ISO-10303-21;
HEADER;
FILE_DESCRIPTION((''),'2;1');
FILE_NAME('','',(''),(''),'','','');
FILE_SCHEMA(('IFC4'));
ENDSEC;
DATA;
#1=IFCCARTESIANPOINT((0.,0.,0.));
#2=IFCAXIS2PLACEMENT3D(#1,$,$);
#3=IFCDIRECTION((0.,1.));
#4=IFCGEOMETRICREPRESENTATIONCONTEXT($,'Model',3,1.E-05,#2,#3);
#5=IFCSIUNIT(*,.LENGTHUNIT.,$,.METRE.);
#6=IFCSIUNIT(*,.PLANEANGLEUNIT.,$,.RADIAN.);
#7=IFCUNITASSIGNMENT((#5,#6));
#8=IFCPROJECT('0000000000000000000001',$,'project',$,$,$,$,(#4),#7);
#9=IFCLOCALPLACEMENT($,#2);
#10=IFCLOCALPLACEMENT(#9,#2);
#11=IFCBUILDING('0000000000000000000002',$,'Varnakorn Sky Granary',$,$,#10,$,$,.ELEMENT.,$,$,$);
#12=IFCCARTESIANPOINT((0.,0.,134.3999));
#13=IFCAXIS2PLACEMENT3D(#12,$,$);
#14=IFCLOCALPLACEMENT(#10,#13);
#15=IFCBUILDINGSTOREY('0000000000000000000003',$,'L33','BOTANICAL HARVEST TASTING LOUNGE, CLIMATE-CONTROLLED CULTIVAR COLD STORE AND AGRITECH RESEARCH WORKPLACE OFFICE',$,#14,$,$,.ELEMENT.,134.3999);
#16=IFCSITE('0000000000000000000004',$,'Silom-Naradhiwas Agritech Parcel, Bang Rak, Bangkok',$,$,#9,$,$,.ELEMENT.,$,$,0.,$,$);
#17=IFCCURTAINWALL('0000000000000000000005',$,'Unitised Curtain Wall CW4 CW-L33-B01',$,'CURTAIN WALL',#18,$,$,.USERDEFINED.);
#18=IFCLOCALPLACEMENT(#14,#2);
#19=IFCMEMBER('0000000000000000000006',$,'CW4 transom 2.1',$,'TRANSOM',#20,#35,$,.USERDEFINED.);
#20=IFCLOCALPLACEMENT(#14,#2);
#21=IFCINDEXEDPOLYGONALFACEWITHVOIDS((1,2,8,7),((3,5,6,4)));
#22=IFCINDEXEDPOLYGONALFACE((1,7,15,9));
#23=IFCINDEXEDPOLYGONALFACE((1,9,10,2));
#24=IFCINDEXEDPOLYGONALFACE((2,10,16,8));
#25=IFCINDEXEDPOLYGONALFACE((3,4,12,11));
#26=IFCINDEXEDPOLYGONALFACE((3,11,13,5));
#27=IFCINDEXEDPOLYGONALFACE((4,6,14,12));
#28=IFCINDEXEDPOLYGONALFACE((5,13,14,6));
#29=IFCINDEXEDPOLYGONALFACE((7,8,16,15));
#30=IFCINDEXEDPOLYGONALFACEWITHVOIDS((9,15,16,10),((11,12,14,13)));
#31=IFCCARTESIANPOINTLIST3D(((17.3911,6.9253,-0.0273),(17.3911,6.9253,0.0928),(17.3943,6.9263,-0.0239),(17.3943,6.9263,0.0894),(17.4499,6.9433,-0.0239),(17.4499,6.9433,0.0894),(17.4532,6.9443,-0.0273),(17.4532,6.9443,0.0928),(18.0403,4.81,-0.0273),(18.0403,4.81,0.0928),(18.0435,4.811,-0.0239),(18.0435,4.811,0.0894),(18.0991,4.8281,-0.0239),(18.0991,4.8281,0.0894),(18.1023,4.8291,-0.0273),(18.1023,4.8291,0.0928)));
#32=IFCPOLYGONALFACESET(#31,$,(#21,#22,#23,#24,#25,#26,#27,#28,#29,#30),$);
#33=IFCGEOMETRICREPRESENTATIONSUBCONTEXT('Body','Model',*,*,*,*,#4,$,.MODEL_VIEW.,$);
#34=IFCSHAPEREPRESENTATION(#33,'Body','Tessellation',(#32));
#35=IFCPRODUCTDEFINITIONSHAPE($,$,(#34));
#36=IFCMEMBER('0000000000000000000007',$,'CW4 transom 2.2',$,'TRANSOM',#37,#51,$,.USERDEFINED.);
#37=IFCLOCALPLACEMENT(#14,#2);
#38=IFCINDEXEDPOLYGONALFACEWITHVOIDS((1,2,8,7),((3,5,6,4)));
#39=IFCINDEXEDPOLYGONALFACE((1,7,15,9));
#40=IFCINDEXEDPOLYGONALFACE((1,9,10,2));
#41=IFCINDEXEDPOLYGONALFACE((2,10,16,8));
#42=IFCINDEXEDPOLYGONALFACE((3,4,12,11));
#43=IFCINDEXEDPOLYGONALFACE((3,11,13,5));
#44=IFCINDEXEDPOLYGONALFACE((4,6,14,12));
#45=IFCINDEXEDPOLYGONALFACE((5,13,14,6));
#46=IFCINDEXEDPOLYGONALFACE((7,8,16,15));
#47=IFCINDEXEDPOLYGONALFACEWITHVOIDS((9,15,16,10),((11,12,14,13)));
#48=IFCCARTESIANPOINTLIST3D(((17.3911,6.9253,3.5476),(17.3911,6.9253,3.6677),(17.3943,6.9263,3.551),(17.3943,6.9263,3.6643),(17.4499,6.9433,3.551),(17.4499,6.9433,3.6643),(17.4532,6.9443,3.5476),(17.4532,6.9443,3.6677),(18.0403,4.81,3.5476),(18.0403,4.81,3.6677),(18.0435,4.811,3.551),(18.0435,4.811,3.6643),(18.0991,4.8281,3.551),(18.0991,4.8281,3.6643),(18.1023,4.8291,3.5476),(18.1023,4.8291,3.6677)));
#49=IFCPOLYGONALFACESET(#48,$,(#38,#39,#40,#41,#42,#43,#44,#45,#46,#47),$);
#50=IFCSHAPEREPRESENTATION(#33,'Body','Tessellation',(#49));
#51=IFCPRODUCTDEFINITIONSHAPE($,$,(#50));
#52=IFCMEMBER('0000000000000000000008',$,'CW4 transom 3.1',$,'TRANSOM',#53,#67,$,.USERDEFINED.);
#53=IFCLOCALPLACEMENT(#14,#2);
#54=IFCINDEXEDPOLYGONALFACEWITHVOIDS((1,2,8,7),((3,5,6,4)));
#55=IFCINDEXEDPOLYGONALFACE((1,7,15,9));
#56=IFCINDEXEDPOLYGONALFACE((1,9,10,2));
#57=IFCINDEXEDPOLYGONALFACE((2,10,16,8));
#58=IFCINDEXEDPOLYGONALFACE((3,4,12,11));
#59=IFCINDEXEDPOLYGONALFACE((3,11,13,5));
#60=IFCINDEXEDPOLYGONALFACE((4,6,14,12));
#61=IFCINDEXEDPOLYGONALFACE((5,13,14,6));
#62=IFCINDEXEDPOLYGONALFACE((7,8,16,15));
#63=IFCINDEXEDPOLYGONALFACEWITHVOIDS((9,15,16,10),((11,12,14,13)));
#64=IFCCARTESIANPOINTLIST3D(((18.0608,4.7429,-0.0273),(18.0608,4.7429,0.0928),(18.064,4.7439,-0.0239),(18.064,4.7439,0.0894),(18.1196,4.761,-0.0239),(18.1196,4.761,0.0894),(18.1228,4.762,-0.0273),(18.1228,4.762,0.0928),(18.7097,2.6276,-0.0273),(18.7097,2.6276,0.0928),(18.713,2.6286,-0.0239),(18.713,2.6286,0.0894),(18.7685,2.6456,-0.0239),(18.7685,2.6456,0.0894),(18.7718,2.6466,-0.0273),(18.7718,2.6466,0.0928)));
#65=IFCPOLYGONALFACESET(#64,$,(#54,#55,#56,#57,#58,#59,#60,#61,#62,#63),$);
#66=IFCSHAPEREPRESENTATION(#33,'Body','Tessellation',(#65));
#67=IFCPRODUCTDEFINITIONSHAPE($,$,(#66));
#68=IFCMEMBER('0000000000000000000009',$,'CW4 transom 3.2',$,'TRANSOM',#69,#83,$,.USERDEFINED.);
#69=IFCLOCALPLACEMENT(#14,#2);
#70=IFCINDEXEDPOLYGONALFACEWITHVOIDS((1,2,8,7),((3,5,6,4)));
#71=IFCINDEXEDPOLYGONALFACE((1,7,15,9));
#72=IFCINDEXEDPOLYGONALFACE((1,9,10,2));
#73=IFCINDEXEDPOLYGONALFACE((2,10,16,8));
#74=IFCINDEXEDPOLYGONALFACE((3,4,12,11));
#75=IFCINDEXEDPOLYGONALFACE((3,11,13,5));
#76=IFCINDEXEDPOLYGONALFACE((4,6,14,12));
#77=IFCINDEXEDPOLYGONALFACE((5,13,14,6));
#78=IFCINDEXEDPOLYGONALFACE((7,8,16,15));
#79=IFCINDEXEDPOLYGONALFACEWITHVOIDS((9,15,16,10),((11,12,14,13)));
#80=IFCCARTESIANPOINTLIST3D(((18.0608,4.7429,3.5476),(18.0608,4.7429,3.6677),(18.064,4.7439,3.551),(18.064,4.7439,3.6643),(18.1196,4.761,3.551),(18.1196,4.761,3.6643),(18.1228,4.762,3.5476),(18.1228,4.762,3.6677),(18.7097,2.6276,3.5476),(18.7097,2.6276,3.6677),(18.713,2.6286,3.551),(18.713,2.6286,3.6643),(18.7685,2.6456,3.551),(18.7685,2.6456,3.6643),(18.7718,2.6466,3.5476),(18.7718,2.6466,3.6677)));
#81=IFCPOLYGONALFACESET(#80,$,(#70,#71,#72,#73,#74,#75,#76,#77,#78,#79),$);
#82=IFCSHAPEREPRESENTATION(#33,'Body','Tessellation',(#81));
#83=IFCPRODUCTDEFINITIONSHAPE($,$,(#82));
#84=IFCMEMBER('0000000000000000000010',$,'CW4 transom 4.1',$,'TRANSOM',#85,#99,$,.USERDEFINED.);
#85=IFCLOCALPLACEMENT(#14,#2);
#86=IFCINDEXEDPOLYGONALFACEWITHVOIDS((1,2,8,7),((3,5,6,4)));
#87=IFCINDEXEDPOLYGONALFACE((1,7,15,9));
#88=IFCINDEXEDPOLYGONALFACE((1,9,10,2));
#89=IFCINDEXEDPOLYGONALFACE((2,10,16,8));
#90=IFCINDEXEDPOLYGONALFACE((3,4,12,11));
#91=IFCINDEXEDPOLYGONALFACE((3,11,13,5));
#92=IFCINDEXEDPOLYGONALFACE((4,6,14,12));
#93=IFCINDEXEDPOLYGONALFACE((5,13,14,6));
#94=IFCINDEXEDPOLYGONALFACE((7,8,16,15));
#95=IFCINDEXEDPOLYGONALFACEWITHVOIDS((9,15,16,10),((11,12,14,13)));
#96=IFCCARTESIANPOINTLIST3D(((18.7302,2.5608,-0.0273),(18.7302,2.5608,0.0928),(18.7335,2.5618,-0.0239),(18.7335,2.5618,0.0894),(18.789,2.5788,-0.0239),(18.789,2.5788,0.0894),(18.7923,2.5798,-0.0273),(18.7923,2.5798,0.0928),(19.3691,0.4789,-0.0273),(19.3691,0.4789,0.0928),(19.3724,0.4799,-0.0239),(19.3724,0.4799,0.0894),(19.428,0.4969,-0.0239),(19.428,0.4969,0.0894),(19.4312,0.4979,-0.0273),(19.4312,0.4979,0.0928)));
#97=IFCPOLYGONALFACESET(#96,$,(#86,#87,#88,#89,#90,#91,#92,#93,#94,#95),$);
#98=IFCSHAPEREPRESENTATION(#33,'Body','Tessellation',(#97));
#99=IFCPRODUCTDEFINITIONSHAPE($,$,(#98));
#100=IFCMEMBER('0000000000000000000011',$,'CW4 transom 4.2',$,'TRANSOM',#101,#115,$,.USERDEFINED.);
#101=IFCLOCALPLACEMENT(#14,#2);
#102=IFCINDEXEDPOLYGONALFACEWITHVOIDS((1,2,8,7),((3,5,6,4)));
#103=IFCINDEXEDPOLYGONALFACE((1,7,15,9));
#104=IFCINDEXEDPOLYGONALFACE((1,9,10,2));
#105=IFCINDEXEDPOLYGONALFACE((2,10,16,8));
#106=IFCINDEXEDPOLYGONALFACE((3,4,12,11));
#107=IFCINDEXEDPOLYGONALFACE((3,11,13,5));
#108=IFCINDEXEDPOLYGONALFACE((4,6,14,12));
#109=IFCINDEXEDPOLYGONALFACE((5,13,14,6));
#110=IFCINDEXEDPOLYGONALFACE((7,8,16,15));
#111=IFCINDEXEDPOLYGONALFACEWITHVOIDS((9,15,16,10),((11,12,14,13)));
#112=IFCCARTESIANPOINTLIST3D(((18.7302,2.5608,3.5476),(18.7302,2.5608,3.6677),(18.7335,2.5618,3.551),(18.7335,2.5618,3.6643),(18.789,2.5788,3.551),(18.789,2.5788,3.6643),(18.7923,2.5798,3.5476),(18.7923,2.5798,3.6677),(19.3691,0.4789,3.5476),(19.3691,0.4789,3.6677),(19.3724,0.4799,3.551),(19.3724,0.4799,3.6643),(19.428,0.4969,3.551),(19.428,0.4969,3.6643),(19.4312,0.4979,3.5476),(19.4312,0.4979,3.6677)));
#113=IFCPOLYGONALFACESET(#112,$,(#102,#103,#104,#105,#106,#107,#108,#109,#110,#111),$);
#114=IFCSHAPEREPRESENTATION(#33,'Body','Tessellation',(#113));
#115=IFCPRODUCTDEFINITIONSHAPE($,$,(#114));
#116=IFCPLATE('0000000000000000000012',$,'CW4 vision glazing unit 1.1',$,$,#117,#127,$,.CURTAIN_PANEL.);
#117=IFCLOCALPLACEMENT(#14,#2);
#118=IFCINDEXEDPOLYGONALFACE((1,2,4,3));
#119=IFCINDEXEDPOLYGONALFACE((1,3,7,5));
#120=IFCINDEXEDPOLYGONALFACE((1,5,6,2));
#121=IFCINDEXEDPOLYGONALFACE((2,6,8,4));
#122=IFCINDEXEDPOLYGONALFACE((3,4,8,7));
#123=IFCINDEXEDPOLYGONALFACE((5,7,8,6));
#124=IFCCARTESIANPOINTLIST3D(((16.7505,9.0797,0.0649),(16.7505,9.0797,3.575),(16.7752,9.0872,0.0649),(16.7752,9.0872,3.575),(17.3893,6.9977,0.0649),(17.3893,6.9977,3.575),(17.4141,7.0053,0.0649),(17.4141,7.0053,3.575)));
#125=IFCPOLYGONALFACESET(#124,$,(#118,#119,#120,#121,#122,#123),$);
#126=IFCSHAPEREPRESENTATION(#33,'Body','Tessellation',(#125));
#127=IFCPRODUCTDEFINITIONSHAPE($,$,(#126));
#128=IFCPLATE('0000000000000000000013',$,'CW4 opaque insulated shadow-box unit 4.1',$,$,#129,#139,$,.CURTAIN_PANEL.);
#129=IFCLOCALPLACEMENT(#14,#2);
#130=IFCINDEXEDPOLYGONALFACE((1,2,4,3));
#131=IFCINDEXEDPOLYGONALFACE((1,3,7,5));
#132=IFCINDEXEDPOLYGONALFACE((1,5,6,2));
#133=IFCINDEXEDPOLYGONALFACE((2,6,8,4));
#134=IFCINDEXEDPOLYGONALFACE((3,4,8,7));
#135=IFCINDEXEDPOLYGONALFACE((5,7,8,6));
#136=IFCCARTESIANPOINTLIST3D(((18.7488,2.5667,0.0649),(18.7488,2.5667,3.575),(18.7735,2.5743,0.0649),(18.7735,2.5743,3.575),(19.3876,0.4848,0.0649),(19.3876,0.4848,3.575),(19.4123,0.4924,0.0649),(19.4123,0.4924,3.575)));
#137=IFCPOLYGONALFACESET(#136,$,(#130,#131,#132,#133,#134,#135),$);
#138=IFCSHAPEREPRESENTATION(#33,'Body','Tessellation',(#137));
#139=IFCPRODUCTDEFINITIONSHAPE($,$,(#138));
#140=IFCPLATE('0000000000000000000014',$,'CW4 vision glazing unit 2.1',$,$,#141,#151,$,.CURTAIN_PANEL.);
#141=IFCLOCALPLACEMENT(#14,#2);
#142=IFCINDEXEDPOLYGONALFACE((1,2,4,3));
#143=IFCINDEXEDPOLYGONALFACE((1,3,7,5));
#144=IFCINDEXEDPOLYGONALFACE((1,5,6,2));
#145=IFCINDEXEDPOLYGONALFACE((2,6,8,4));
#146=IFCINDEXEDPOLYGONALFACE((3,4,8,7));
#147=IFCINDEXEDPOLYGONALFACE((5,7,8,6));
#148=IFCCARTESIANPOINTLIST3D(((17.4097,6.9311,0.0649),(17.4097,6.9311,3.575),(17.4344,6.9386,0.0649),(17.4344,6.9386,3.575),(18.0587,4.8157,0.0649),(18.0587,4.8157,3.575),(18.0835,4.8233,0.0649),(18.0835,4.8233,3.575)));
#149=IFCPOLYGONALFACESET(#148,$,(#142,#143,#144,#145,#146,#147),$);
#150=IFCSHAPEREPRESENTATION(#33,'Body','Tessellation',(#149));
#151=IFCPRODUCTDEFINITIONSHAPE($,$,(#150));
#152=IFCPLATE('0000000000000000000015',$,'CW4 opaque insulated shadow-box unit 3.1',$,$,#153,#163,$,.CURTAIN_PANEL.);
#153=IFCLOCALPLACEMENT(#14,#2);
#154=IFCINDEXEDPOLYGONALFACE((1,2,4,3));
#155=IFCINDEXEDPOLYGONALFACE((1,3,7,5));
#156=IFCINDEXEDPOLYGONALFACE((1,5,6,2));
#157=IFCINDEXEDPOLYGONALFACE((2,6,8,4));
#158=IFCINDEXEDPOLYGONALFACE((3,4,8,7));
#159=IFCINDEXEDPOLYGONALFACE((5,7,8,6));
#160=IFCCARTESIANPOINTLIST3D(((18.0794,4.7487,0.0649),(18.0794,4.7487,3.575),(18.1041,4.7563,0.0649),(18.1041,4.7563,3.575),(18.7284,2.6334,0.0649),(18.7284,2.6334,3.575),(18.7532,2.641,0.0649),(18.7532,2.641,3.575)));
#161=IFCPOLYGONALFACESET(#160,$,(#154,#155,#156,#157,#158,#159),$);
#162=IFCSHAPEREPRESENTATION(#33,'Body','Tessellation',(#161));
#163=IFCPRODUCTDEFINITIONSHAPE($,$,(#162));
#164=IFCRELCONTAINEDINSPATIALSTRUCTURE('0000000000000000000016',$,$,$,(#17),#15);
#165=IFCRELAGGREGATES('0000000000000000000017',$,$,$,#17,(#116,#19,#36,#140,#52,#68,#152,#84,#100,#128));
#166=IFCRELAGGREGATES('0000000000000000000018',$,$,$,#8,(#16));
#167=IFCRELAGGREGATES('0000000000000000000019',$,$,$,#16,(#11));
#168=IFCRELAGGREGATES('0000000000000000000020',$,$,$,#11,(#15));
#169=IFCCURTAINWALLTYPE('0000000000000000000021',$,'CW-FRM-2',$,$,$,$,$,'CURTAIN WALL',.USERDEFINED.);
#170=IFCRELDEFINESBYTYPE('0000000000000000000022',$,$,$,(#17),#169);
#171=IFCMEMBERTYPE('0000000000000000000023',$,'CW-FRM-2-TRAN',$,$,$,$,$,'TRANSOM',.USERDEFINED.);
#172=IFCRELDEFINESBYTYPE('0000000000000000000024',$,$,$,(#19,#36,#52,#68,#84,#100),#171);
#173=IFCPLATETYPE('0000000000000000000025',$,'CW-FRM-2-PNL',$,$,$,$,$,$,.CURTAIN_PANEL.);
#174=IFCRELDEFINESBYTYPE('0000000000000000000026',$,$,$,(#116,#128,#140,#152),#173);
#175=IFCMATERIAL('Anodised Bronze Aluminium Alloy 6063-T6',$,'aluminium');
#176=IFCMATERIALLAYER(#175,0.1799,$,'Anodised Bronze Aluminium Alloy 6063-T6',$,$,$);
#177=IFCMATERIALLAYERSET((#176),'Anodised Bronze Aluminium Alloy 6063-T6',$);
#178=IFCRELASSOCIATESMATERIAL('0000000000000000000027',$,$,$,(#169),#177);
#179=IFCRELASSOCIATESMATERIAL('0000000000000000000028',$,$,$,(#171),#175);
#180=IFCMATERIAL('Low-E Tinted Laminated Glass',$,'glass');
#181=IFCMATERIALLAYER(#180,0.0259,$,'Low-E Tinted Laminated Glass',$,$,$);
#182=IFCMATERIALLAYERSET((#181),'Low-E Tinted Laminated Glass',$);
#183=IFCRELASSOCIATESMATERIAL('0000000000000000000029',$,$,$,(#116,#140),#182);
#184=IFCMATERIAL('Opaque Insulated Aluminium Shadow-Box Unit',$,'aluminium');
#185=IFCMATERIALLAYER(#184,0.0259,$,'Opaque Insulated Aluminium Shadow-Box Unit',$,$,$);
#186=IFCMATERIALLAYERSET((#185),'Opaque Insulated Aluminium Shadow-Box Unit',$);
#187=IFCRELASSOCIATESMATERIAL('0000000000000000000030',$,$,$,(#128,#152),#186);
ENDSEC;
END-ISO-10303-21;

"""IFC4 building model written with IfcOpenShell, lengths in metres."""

from ifc_helpers import new_model, si_unit, direction, frame, origin, origin_2d, place, context, subcontext, project, spatial, rectangle, hollow_rectangle, extrude, source, transform, mapped, material, layer, layer_set, material_profile, profile_set, type_object, type_shapes, element, aggregate, save


model = new_model("IFC4")

# Units and contexts
model_context = context("Model", 3, precision=1e-05, world=origin(), true_north=direction((0.0, 1.0)))
body_context = subcontext(model_context, "Body", "Model", "MODEL_VIEW")
ifc_project = project(units=[si_unit("LENGTHUNIT", "METRE"), si_unit("PLANEANGLEUNIT", "RADIAN")], contexts=[model_context])

# Site, building, storey
site_placement = place(None, origin())
site = spatial("IfcSite", under=ifc_project, at=site_placement, Name="Silom-Naradhiwas Agritech Parcel, Bang Rak, Bangkok", CompositionType="ELEMENT", RefElevation=0.0)
building_placement = place(site_placement, origin())
building = spatial("IfcBuilding", under=site, at=building_placement, Name="Varnakorn Sky Granary", CompositionType="ELEMENT")
storey_placement = place(building_placement, frame((0.0, 0.0, 134.3999)))
storey = spatial("IfcBuildingStorey", under=building, at=storey_placement, Name="L33", Description="BOTANICAL HARVEST TASTING LOUNGE, CLIMATE-CONTROLLED CULTIVAR COLD STORE AND AGRITECH RESEARCH WORKPLACE OFFICE", CompositionType="ELEMENT", Elevation=134.3999)

# Curtain wall, members, plates
ifc_material_1 = material(Name="Anodised Bronze Aluminium Alloy 6063-T6", Category="aluminium")
ifc_layer_1 = layer(ifc_material_1, 0.1799, Name="Anodised Bronze Aluminium Alloy 6063-T6")
ifc_layer_set_1 = layer_set([ifc_layer_1], Name="Anodised Bronze Aluminium Alloy 6063-T6")
curtain_wall_type = type_object("IfcCurtainWallType", Name="CW-FRM-2", ElementType="CURTAIN WALL", PredefinedType="USERDEFINED", material=ifc_layer_set_1)
curtain_wall_placement = place(storey_placement, origin())
curtain_wall = element("IfcCurtainWall", 1, at=curtain_wall_placement, inside=storey, type_object=curtain_wall_type, Name="Unitised Curtain Wall CW4 CW-L33-B01", ObjectType="CURTAIN WALL", PredefinedType="USERDEFINED")
ifc_material_profile_1 = material_profile(ifc_material_1, hollow_rectangle(XDim=0.0649, YDim=0.1201, WallThickness=0.0034, at=origin_2d()), Name="ALU TRAN 65x120")
ifc_profile_set_1 = profile_set([ifc_material_profile_1], Name="Anodised Bronze Aluminium Alloy 6063-T6")
member_type_1 = type_object("IfcMemberType", Name="CW-FRM-2-TRAN", ElementType="TRANSOM", PredefinedType="USERDEFINED", material=ifc_profile_set_1)
member_1_placement = place(storey_placement, frame((17.4221, 6.9348, 0.0327), z_axis=(0.293396, -0.955991, 0.0), x_axis=(0.955991, 0.293396, 0.0)))
member_1 = element("IfcMember", 2, at=member_1_placement, type_object=member_type_1, Name="CW4 transom 2.1", ObjectType="TRANSOM", PredefinedType="USERDEFINED", context=body_context, shape_type="SweptSolid", body=[
    extrude(hollow_rectangle(XDim=0.0649, YDim=0.1201, WallThickness=0.0034, at=origin_2d()), origin(), (0.0, 0.0, 1.0), 2.2126),
])
member_2_placement = place(storey_placement, frame((17.4221, 6.9348, 3.6077), z_axis=(0.293396, -0.955991, 0.0), x_axis=(0.955991, 0.293396, 0.0)))
member_2 = element("IfcMember", 3, at=member_2_placement, type_object=member_type_1, Name="CW4 transom 2.2", ObjectType="TRANSOM", PredefinedType="USERDEFINED", context=body_context, shape_type="SweptSolid", body=[
    extrude(hollow_rectangle(XDim=0.0649, YDim=0.1201, WallThickness=0.0034, at=origin_2d()), origin(), (0.0, 0.0, 1.0), 2.2126),
])
member_3_placement = place(storey_placement, frame((18.0918, 4.7524, 0.0327), z_axis=(0.293295, -0.956022, 0.0), x_axis=(0.956022, 0.293295, 0.0)))
member_3 = element("IfcMember", 4, at=member_3_placement, type_object=member_type_1, Name="CW4 transom 3.1", ObjectType="TRANSOM", PredefinedType="USERDEFINED", context=body_context, shape_type="SweptSolid", body=[
    extrude(hollow_rectangle(XDim=0.0649, YDim=0.1201, WallThickness=0.0034, at=origin_2d()), origin(), (0.0, 0.0, 1.0), 2.2126),
])
member_4_placement = place(storey_placement, frame((18.0918, 4.7524, 3.6077), z_axis=(0.293295, -0.956022, 0.0), x_axis=(0.956022, 0.293295, 0.0)))
member_4 = element("IfcMember", 5, at=member_4_placement, type_object=member_type_1, Name="CW4 transom 3.2", ObjectType="TRANSOM", PredefinedType="USERDEFINED", context=body_context, shape_type="SweptSolid", body=[
    extrude(hollow_rectangle(XDim=0.0649, YDim=0.1201, WallThickness=0.0034, at=origin_2d()), origin(), (0.0, 0.0, 1.0), 2.2126),
])
member_5_placement = place(storey_placement, frame((18.7612, 2.5703, 0.0327), z_axis=(0.2934, -0.95599, 0.0), x_axis=(0.95599, 0.2934, 0.0)))
member_5 = element("IfcMember", 6, at=member_5_placement, type_object=member_type_1, Name="CW4 transom 4.1", ObjectType="TRANSOM", PredefinedType="USERDEFINED", context=body_context, shape_type="SweptSolid", body=[
    extrude(hollow_rectangle(XDim=0.0649, YDim=0.1201, WallThickness=0.0034, at=origin_2d()), origin(), (0.0, 0.0, 1.0), 2.1777),
])
member_6_placement = place(storey_placement, frame((18.7612, 2.5703, 3.6077), z_axis=(0.2934, -0.95599, 0.0), x_axis=(0.95599, 0.2934, 0.0)))
member_6 = element("IfcMember", 7, at=member_6_placement, type_object=member_type_1, Name="CW4 transom 4.2", ObjectType="TRANSOM", PredefinedType="USERDEFINED", context=body_context, shape_type="SweptSolid", body=[
    extrude(hollow_rectangle(XDim=0.0649, YDim=0.1201, WallThickness=0.0034, at=origin_2d()), origin(), (0.0, 0.0, 1.0), 2.1777),
])
ifc_material_2 = material(Name="Low-E Tinted Laminated Glass", Category="glass")
ifc_layer_2 = layer(ifc_material_2, 0.0259, Name="Low-E Tinted Laminated Glass")
ifc_layer_set_2 = layer_set([ifc_layer_2], Name="Low-E Tinted Laminated Glass")
plate_type = type_object("IfcPlateType", Name="CW-FRM-2-PNL", PredefinedType="CURTAIN_PANEL")
shared_shape_1 = source(origin(), body_context, "Body", "SweptSolid", [
    extrude(rectangle(XDim=2.1777, YDim=0.0259, at=origin_2d()), origin(), (0.0, 0.0, 1.0), 3.51),
])
plate_1_placement = place(storey_placement, frame((17.0823, 8.0425, 0.0649), z_axis=(0.0, 0.0, 1.0), x_axis=(0.293337, -0.956009, 0.0)))
plate_1 = element("IfcPlate", 8, at=plate_1_placement, type_object=plate_type, material=ifc_layer_set_2, Name="CW4 vision glazing unit 1.1", PredefinedType="CURTAIN_PANEL", context=body_context, shape_type="MappedRepresentation", body=[
    mapped(shared_shape_1, transform((0.0, 0.0, 0.0), x_axis=(1.0, 0.0, 0.0), y_axis=(0.0, 1.0, 0.0), z_axis=(0.0, 0.0, 1.0), scale=1.0)),
])
ifc_material_3 = material(Name="Opaque Insulated Aluminium Shadow-Box Unit", Category="aluminium")
ifc_layer_3 = layer(ifc_material_3, 0.0259, Name="Opaque Insulated Aluminium Shadow-Box Unit")
ifc_layer_set_3 = layer_set([ifc_layer_3], Name="Opaque Insulated Aluminium Shadow-Box Unit")
plate_2_placement = place(storey_placement, frame((19.0806, 1.5295, 0.0649), z_axis=(0.0, 0.0, 1.0), x_axis=(0.293337, -0.956009, 0.0)))
plate_2 = element("IfcPlate", 9, at=plate_2_placement, type_object=plate_type, material=ifc_layer_set_3, Name="CW4 opaque insulated shadow-box unit 4.1", PredefinedType="CURTAIN_PANEL", context=body_context, shape_type="MappedRepresentation", body=[
    mapped(shared_shape_1, transform((0.0, 0.0, 0.0), x_axis=(1.0, 0.0, 0.0), y_axis=(0.0, 1.0, 0.0), z_axis=(0.0, 0.0, 1.0), scale=1.0)),
])
shared_shape_2 = source(origin(), body_context, "Body", "SweptSolid", [
    extrude(rectangle(XDim=2.2126, YDim=0.0259, at=origin_2d()), origin(), (0.0, 0.0, 1.0), 3.51),
])
type_shapes(plate_type, [shared_shape_1, shared_shape_2])
plate_3_placement = place(storey_placement, frame((17.7466, 5.8772, 0.0649), z_axis=(0.0, 0.0, 1.0), x_axis=(0.293337, -0.956009, 0.0)))
plate_3 = element("IfcPlate", 10, at=plate_3_placement, type_object=plate_type, material=ifc_layer_set_2, Name="CW4 vision glazing unit 2.1", PredefinedType="CURTAIN_PANEL", context=body_context, shape_type="MappedRepresentation", body=[
    mapped(shared_shape_2, transform((0.0, 0.0, 0.0), x_axis=(1.0, 0.0, 0.0), y_axis=(0.0, 1.0, 0.0), z_axis=(0.0, 0.0, 1.0), scale=1.0)),
])
plate_4_placement = place(storey_placement, frame((18.4163, 3.6948, 0.0649), z_axis=(0.0, 0.0, 1.0), x_axis=(0.293337, -0.956009, 0.0)))
plate_4 = element("IfcPlate", 11, at=plate_4_placement, type_object=plate_type, material=ifc_layer_set_3, Name="CW4 opaque insulated shadow-box unit 3.1", PredefinedType="CURTAIN_PANEL", context=body_context, shape_type="MappedRepresentation", body=[
    mapped(shared_shape_2, transform((0.0, 0.0, 0.0), x_axis=(1.0, 0.0, 0.0), y_axis=(0.0, 1.0, 0.0), z_axis=(0.0, 0.0, 1.0), scale=1.0)),
])
aggregate(curtain_wall, [plate_1, member_1, member_2, plate_3, member_3, member_4, plate_4, member_5, member_6, plate_2])

save(model, "model.ifc")
